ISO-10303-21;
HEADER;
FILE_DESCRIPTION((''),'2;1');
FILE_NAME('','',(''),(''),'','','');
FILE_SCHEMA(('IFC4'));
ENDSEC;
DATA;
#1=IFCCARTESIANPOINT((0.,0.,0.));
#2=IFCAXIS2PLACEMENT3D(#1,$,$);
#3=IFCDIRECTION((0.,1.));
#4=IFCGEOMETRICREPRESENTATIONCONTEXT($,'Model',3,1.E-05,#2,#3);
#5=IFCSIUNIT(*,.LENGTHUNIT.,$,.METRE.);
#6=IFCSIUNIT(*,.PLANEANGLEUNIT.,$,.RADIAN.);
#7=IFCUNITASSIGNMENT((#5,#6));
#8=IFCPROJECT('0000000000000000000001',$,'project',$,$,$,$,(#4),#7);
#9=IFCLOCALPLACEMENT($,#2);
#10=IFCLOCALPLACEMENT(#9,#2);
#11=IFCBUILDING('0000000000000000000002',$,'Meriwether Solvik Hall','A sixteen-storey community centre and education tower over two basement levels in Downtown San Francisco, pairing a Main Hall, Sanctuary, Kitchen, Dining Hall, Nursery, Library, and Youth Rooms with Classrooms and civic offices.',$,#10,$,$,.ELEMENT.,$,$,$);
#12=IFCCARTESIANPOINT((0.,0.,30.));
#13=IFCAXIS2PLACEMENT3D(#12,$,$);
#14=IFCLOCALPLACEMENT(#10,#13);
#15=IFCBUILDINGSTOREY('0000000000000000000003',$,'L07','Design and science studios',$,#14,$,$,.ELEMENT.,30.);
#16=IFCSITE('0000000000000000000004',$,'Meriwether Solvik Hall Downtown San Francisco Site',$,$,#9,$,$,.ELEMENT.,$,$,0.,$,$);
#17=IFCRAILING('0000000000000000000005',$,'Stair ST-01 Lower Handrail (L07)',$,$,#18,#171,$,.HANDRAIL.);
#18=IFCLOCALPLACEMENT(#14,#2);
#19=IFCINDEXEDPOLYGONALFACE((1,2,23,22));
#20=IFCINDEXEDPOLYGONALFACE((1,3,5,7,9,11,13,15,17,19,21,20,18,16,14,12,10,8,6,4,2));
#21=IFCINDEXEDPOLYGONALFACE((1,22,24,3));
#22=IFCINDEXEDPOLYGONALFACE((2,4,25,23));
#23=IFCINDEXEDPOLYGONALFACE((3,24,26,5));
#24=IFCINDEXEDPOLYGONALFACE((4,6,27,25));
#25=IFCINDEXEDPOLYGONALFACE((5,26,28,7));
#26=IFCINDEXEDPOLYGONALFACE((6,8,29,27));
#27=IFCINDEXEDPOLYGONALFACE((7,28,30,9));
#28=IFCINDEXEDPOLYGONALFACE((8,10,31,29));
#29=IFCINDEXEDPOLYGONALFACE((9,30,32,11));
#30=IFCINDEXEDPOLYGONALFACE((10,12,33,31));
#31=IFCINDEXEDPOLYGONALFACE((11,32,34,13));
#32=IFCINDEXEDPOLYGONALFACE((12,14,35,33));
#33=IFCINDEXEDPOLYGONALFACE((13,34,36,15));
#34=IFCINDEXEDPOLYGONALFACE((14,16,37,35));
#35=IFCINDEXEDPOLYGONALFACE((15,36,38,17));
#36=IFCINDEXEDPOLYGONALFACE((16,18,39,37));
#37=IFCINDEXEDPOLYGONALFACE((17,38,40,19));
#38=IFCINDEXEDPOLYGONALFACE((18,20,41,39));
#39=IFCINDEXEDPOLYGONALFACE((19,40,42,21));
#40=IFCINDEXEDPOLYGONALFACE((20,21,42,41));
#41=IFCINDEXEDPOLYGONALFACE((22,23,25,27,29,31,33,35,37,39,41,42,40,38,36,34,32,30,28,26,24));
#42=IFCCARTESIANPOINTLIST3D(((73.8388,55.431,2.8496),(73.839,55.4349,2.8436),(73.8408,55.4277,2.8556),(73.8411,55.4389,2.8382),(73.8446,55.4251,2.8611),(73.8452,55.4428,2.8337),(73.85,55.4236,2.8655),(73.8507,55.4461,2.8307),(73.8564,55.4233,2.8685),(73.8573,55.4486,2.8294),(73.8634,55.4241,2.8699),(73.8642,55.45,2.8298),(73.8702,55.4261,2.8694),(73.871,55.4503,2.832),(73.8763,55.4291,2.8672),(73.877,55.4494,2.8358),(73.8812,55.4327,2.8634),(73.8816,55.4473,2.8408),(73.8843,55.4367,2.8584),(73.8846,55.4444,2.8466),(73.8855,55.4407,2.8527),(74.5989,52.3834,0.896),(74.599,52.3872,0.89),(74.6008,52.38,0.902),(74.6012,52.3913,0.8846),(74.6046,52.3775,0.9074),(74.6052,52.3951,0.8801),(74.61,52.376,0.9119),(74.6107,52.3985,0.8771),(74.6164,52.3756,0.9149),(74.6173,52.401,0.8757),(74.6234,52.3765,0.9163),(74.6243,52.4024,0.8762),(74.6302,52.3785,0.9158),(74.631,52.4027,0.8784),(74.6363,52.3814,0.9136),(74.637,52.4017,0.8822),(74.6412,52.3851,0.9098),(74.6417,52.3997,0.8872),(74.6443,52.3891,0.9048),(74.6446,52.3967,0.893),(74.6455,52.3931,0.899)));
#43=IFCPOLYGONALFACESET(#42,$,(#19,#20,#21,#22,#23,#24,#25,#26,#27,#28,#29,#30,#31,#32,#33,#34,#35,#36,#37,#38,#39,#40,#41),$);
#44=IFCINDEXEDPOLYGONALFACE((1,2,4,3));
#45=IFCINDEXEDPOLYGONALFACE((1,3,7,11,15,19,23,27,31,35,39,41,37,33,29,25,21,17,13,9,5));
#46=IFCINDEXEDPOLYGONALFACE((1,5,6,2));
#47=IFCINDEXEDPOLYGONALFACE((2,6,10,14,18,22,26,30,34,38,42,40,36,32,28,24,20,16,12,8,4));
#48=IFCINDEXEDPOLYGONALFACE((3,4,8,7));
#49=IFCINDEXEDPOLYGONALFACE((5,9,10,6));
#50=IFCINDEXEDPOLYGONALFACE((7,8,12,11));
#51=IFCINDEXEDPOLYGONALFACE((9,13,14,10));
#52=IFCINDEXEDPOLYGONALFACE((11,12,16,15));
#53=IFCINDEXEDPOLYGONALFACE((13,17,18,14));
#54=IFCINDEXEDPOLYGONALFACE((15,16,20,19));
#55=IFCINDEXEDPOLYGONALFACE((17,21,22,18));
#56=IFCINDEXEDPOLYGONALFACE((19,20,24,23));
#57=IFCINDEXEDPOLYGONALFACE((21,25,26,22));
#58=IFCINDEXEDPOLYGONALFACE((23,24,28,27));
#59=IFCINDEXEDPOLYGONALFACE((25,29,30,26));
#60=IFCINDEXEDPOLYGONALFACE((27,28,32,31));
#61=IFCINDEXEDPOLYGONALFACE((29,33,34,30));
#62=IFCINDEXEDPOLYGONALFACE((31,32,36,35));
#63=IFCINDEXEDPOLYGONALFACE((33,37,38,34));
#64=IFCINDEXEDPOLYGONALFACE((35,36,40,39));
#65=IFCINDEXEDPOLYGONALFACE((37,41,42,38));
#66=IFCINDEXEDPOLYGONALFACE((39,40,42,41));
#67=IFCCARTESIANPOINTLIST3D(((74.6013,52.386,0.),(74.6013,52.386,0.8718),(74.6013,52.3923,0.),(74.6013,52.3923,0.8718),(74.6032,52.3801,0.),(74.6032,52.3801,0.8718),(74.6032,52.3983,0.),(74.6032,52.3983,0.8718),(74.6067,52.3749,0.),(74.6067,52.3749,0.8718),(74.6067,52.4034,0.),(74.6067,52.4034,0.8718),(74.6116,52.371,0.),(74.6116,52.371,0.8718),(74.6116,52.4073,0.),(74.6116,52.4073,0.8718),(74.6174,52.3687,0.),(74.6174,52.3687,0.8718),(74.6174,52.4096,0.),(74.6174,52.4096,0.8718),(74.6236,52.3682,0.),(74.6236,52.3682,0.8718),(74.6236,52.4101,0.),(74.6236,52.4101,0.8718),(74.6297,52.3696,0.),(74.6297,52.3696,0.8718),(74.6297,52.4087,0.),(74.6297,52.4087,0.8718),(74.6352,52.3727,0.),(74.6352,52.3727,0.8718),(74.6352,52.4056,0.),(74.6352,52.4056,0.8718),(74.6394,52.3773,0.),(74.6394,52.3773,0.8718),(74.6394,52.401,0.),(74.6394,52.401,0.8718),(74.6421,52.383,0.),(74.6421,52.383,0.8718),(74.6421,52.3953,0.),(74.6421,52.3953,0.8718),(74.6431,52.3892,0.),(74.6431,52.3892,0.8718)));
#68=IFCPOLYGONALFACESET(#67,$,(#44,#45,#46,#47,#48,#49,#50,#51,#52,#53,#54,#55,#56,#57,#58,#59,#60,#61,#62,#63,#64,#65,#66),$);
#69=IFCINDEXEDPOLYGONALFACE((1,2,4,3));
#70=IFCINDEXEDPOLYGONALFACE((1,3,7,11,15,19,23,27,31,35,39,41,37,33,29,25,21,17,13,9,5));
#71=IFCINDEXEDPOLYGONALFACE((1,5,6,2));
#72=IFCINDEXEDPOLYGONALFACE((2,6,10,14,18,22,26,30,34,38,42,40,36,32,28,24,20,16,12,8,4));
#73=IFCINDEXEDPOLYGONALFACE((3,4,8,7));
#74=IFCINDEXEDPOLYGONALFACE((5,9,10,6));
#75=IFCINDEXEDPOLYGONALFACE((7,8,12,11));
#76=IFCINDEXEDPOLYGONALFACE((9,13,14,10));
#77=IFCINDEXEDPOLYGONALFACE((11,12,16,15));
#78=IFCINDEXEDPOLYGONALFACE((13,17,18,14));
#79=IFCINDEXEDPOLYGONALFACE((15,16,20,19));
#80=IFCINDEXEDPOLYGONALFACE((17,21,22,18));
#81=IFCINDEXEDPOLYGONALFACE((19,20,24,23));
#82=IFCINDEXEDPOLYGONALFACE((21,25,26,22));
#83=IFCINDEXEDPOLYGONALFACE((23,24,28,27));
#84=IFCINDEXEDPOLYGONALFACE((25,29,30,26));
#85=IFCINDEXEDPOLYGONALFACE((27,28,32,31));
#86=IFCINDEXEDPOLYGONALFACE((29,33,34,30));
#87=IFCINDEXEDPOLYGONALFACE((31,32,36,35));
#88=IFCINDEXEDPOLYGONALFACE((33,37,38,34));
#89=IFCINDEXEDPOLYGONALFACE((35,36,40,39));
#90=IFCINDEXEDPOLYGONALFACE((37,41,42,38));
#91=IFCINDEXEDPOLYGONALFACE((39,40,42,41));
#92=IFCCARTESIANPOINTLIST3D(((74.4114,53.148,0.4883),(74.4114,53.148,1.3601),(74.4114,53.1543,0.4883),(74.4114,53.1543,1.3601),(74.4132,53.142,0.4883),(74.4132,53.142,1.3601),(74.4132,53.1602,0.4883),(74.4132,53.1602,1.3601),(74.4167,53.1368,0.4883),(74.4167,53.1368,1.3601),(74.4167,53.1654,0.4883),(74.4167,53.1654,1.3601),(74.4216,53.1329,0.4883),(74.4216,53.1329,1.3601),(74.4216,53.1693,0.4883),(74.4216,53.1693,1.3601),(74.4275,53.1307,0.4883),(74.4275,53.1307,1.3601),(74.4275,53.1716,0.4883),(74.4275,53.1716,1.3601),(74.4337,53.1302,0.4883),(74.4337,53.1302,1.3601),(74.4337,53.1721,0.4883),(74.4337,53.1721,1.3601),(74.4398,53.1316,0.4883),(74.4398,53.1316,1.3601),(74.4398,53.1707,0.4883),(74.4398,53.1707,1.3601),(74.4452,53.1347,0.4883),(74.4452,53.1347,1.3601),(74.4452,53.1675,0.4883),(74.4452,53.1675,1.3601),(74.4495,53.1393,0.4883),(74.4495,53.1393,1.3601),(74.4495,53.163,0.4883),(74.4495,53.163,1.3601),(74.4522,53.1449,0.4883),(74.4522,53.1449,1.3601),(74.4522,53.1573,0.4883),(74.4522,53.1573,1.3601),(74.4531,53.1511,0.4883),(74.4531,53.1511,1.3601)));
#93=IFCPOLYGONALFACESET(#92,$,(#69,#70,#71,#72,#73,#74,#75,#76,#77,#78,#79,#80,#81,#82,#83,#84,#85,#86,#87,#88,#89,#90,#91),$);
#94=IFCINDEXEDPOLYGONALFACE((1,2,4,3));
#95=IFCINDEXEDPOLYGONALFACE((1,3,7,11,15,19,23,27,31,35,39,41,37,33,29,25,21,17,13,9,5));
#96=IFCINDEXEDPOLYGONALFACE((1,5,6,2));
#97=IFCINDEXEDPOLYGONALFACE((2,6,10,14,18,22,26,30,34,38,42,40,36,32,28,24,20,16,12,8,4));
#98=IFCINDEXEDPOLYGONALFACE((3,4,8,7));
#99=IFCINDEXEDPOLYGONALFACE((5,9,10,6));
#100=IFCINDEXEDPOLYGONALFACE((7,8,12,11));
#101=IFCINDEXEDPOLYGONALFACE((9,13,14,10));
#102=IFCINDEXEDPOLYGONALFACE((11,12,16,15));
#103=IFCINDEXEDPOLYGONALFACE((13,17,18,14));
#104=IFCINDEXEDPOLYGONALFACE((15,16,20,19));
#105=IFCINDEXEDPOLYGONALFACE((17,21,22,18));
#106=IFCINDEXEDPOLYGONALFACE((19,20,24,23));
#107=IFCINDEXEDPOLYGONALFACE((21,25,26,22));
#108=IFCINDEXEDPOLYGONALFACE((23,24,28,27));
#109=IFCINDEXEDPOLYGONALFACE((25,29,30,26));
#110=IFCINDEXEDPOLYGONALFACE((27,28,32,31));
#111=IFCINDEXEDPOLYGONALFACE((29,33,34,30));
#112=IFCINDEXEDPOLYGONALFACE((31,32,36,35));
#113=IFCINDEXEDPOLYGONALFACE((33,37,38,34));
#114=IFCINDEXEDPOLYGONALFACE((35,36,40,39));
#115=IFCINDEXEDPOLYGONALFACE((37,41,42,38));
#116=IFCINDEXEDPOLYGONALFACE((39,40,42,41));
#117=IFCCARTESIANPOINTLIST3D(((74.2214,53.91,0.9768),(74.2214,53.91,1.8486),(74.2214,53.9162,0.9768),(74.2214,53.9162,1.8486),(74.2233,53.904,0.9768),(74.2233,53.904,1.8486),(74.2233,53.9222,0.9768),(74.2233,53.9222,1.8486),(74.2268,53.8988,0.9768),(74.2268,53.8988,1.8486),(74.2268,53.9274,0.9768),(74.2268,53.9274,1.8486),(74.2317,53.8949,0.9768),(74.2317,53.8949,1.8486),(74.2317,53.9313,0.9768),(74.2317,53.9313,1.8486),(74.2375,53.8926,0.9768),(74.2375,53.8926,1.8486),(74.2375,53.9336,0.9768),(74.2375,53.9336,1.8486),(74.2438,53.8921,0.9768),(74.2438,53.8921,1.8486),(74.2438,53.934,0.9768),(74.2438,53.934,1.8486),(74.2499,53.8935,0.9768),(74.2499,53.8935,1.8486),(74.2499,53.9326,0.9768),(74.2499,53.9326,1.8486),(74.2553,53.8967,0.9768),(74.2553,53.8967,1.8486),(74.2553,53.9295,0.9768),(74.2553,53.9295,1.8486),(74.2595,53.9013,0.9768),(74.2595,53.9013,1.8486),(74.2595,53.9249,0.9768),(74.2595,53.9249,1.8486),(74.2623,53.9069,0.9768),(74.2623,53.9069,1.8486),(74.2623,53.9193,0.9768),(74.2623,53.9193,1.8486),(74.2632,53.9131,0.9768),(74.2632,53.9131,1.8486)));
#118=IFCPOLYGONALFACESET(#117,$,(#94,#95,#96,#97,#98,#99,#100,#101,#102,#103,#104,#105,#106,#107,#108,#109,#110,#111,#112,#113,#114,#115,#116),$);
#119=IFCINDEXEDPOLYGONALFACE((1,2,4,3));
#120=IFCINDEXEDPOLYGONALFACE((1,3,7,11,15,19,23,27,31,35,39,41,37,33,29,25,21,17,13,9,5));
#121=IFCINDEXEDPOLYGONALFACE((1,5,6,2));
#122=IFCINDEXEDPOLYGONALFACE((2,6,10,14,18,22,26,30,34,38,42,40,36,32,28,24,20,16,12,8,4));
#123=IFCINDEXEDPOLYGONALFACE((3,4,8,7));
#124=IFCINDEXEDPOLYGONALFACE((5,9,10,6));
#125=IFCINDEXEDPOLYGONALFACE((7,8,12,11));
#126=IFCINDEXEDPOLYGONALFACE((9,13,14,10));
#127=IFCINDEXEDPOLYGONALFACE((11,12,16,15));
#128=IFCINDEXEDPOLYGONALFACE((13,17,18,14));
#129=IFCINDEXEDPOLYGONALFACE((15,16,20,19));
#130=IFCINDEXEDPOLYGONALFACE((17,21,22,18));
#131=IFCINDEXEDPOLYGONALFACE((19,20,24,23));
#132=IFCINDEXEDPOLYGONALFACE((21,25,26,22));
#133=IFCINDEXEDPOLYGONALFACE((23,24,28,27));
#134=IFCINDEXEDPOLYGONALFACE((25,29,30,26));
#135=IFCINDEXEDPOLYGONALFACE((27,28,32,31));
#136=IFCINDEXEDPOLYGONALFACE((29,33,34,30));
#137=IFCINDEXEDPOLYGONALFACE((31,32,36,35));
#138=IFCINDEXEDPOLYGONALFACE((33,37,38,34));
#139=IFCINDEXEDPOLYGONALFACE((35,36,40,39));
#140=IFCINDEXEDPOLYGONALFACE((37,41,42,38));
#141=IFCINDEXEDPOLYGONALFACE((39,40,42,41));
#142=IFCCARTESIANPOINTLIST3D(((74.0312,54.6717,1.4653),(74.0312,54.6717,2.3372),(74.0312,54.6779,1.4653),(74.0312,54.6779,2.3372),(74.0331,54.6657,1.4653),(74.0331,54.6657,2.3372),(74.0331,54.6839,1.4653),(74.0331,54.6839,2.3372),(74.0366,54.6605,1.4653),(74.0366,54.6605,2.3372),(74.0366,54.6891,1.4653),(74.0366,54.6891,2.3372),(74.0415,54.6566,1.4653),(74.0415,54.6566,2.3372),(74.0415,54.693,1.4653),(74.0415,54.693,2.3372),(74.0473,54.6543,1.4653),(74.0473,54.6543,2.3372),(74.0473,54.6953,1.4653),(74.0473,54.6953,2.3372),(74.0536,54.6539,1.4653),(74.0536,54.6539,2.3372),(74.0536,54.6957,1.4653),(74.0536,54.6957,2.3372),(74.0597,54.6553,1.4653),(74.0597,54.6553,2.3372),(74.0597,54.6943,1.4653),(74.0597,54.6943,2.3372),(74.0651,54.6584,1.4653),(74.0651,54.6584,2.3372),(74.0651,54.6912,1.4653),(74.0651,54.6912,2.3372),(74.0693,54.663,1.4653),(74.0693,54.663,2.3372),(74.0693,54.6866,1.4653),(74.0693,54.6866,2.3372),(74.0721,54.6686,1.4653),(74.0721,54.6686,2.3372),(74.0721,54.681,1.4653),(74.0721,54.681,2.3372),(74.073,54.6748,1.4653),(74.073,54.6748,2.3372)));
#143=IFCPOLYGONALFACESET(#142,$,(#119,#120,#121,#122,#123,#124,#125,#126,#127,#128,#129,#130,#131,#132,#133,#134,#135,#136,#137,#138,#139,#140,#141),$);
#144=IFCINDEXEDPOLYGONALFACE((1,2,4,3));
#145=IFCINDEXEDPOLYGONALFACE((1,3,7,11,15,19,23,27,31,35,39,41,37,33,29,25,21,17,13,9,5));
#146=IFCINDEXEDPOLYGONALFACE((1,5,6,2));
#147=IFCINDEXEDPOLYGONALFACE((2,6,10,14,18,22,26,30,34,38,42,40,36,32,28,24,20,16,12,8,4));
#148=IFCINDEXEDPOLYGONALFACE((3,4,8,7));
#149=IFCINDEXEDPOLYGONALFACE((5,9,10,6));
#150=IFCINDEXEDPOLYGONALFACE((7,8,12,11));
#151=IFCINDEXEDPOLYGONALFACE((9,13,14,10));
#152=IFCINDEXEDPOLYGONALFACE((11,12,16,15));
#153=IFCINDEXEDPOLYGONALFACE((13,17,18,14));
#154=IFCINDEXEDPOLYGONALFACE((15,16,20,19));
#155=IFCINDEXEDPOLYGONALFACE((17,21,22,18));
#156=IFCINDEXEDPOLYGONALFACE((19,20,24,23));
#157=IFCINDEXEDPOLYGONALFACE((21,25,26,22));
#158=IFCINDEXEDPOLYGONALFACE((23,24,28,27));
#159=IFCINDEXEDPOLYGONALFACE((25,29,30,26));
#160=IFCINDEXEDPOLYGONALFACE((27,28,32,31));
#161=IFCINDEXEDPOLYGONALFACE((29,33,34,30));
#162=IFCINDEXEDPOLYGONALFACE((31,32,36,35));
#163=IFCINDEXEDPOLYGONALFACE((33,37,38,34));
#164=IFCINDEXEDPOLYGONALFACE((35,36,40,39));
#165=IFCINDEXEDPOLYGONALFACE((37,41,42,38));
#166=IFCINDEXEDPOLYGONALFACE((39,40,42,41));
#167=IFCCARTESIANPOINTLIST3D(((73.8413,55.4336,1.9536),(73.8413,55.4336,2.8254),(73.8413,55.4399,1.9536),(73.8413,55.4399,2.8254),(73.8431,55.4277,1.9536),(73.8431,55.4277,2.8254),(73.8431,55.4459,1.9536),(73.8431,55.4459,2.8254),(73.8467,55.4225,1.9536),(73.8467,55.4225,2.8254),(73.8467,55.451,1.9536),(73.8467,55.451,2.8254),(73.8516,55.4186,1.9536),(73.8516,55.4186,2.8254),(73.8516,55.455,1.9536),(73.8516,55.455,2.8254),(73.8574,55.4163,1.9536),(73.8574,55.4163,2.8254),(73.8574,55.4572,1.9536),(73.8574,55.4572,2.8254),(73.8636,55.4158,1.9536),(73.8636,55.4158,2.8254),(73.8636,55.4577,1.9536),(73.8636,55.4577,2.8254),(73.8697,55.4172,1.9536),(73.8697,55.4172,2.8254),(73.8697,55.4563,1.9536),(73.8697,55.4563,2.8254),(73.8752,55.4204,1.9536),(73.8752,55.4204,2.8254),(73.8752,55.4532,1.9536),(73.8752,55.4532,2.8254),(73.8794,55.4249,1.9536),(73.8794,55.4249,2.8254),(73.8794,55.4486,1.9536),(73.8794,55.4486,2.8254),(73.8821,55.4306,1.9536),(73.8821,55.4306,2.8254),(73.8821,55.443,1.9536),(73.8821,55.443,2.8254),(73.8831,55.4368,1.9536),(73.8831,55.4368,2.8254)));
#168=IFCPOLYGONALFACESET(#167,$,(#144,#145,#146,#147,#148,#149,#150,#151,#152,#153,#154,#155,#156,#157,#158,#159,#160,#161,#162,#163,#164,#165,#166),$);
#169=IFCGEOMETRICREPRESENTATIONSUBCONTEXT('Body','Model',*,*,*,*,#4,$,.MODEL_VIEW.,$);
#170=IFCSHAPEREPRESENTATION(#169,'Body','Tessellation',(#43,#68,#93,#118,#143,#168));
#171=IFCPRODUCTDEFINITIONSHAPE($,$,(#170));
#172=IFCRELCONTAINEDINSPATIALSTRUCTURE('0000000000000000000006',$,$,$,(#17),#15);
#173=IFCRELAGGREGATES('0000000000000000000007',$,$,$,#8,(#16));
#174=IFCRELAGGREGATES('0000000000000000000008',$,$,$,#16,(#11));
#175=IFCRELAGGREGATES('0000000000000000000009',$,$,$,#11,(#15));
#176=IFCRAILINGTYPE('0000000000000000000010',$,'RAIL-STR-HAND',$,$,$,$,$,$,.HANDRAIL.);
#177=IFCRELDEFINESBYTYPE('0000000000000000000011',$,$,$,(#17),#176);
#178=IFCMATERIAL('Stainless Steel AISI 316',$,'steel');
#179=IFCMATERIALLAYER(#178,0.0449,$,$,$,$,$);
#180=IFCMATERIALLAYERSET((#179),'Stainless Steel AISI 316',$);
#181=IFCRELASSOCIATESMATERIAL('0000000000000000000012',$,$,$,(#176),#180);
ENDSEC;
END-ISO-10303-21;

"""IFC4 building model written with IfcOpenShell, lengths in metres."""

from ifc_helpers import new_model, si_unit, direction, frame, origin, origin_2d, place, context, subcontext, project, spatial, circle, extrude, material, layer, layer_set, type_object, element, save


model = new_model("IFC4")

# Units and contexts
model_context = context("Model", 3, precision=1e-05, world=origin(), true_north=direction((0.0, 1.0)))
body_context = subcontext(model_context, "Body", "Model", "MODEL_VIEW")
ifc_project = project(units=[si_unit("LENGTHUNIT", "METRE"), si_unit("PLANEANGLEUNIT", "RADIAN")], contexts=[model_context])

# Site, building, storey
site_placement = place(None, origin())
site = spatial("IfcSite", under=ifc_project, at=site_placement, Name="Meriwether Solvik Hall Downtown San Francisco Site", CompositionType="ELEMENT", RefElevation=0.0)
building_placement = place(site_placement, origin())
building = spatial("IfcBuilding", under=site, at=building_placement, Name="Meriwether Solvik Hall", Description="A sixteen-storey community centre and education tower over two basement levels in Downtown San Francisco, pairing a Main Hall, Sanctuary, Kitchen, Dining Hall, Nursery, Library, and Youth Rooms with Classrooms and civic offices.", CompositionType="ELEMENT")
storey_placement = place(building_placement, frame((0.0, 0.0, 30.0)))
storey = spatial("IfcBuildingStorey", under=building, at=storey_placement, Name="L07", Description="Design and science studios", CompositionType="ELEMENT", Elevation=30.0)

# Railing
ifc_material_1 = material(Name="Stainless Steel AISI 316", Category="steel")
ifc_layer_1 = layer(ifc_material_1, 0.0449)
ifc_layer_set_1 = layer_set([ifc_layer_1], Name="Stainless Steel AISI 316")
railing_type_1 = type_object("IfcRailingType", Name="RAIL-STR-HAND", PredefinedType="HANDRAIL", material=ifc_layer_set_1)
railing_1_placement = place(storey_placement, frame((74.6221, 52.3892, 0.0)))
element("IfcRailing", 1, at=railing_1_placement, inside=storey, type_object=railing_type_1, Name="Stair ST-01 Lower Handrail (L07)", PredefinedType="HANDRAIL", context=body_context, shape_type="SweptSolid", body=[
    extrude(circle(Radius=0.0239, at=origin_2d()), frame((0.0, 0.0, 0.896), z_axis=(-0.205467, 0.823915, 0.528155), x_axis=(-0.970284, -0.241969, 0.0)), (0.0, 0.0, 1.0), 3.699),
    extrude(circle(Radius=0.021, at=origin_2d()), origin(), (0.0, 0.0, 1.0), 0.8718),
    extrude(circle(Radius=0.021, at=origin_2d()), frame((-0.1899, 0.762, 0.4883)), (0.0, 0.0, 1.0), 0.8718),
    extrude(circle(Radius=0.021, at=origin_2d()), frame((-0.3799, 1.5239, 0.9768)), (0.0, 0.0, 1.0), 0.8718),
    extrude(circle(Radius=0.021, at=origin_2d()), frame((-0.5701, 2.2856, 1.4653)), (0.0, 0.0, 1.0), 0.8718),
    extrude(circle(Radius=0.021, at=origin_2d()), frame((-0.76, 3.0476, 1.9536)), (0.0, 0.0, 1.0), 0.8718),
])

save(model, "model.ifc")
